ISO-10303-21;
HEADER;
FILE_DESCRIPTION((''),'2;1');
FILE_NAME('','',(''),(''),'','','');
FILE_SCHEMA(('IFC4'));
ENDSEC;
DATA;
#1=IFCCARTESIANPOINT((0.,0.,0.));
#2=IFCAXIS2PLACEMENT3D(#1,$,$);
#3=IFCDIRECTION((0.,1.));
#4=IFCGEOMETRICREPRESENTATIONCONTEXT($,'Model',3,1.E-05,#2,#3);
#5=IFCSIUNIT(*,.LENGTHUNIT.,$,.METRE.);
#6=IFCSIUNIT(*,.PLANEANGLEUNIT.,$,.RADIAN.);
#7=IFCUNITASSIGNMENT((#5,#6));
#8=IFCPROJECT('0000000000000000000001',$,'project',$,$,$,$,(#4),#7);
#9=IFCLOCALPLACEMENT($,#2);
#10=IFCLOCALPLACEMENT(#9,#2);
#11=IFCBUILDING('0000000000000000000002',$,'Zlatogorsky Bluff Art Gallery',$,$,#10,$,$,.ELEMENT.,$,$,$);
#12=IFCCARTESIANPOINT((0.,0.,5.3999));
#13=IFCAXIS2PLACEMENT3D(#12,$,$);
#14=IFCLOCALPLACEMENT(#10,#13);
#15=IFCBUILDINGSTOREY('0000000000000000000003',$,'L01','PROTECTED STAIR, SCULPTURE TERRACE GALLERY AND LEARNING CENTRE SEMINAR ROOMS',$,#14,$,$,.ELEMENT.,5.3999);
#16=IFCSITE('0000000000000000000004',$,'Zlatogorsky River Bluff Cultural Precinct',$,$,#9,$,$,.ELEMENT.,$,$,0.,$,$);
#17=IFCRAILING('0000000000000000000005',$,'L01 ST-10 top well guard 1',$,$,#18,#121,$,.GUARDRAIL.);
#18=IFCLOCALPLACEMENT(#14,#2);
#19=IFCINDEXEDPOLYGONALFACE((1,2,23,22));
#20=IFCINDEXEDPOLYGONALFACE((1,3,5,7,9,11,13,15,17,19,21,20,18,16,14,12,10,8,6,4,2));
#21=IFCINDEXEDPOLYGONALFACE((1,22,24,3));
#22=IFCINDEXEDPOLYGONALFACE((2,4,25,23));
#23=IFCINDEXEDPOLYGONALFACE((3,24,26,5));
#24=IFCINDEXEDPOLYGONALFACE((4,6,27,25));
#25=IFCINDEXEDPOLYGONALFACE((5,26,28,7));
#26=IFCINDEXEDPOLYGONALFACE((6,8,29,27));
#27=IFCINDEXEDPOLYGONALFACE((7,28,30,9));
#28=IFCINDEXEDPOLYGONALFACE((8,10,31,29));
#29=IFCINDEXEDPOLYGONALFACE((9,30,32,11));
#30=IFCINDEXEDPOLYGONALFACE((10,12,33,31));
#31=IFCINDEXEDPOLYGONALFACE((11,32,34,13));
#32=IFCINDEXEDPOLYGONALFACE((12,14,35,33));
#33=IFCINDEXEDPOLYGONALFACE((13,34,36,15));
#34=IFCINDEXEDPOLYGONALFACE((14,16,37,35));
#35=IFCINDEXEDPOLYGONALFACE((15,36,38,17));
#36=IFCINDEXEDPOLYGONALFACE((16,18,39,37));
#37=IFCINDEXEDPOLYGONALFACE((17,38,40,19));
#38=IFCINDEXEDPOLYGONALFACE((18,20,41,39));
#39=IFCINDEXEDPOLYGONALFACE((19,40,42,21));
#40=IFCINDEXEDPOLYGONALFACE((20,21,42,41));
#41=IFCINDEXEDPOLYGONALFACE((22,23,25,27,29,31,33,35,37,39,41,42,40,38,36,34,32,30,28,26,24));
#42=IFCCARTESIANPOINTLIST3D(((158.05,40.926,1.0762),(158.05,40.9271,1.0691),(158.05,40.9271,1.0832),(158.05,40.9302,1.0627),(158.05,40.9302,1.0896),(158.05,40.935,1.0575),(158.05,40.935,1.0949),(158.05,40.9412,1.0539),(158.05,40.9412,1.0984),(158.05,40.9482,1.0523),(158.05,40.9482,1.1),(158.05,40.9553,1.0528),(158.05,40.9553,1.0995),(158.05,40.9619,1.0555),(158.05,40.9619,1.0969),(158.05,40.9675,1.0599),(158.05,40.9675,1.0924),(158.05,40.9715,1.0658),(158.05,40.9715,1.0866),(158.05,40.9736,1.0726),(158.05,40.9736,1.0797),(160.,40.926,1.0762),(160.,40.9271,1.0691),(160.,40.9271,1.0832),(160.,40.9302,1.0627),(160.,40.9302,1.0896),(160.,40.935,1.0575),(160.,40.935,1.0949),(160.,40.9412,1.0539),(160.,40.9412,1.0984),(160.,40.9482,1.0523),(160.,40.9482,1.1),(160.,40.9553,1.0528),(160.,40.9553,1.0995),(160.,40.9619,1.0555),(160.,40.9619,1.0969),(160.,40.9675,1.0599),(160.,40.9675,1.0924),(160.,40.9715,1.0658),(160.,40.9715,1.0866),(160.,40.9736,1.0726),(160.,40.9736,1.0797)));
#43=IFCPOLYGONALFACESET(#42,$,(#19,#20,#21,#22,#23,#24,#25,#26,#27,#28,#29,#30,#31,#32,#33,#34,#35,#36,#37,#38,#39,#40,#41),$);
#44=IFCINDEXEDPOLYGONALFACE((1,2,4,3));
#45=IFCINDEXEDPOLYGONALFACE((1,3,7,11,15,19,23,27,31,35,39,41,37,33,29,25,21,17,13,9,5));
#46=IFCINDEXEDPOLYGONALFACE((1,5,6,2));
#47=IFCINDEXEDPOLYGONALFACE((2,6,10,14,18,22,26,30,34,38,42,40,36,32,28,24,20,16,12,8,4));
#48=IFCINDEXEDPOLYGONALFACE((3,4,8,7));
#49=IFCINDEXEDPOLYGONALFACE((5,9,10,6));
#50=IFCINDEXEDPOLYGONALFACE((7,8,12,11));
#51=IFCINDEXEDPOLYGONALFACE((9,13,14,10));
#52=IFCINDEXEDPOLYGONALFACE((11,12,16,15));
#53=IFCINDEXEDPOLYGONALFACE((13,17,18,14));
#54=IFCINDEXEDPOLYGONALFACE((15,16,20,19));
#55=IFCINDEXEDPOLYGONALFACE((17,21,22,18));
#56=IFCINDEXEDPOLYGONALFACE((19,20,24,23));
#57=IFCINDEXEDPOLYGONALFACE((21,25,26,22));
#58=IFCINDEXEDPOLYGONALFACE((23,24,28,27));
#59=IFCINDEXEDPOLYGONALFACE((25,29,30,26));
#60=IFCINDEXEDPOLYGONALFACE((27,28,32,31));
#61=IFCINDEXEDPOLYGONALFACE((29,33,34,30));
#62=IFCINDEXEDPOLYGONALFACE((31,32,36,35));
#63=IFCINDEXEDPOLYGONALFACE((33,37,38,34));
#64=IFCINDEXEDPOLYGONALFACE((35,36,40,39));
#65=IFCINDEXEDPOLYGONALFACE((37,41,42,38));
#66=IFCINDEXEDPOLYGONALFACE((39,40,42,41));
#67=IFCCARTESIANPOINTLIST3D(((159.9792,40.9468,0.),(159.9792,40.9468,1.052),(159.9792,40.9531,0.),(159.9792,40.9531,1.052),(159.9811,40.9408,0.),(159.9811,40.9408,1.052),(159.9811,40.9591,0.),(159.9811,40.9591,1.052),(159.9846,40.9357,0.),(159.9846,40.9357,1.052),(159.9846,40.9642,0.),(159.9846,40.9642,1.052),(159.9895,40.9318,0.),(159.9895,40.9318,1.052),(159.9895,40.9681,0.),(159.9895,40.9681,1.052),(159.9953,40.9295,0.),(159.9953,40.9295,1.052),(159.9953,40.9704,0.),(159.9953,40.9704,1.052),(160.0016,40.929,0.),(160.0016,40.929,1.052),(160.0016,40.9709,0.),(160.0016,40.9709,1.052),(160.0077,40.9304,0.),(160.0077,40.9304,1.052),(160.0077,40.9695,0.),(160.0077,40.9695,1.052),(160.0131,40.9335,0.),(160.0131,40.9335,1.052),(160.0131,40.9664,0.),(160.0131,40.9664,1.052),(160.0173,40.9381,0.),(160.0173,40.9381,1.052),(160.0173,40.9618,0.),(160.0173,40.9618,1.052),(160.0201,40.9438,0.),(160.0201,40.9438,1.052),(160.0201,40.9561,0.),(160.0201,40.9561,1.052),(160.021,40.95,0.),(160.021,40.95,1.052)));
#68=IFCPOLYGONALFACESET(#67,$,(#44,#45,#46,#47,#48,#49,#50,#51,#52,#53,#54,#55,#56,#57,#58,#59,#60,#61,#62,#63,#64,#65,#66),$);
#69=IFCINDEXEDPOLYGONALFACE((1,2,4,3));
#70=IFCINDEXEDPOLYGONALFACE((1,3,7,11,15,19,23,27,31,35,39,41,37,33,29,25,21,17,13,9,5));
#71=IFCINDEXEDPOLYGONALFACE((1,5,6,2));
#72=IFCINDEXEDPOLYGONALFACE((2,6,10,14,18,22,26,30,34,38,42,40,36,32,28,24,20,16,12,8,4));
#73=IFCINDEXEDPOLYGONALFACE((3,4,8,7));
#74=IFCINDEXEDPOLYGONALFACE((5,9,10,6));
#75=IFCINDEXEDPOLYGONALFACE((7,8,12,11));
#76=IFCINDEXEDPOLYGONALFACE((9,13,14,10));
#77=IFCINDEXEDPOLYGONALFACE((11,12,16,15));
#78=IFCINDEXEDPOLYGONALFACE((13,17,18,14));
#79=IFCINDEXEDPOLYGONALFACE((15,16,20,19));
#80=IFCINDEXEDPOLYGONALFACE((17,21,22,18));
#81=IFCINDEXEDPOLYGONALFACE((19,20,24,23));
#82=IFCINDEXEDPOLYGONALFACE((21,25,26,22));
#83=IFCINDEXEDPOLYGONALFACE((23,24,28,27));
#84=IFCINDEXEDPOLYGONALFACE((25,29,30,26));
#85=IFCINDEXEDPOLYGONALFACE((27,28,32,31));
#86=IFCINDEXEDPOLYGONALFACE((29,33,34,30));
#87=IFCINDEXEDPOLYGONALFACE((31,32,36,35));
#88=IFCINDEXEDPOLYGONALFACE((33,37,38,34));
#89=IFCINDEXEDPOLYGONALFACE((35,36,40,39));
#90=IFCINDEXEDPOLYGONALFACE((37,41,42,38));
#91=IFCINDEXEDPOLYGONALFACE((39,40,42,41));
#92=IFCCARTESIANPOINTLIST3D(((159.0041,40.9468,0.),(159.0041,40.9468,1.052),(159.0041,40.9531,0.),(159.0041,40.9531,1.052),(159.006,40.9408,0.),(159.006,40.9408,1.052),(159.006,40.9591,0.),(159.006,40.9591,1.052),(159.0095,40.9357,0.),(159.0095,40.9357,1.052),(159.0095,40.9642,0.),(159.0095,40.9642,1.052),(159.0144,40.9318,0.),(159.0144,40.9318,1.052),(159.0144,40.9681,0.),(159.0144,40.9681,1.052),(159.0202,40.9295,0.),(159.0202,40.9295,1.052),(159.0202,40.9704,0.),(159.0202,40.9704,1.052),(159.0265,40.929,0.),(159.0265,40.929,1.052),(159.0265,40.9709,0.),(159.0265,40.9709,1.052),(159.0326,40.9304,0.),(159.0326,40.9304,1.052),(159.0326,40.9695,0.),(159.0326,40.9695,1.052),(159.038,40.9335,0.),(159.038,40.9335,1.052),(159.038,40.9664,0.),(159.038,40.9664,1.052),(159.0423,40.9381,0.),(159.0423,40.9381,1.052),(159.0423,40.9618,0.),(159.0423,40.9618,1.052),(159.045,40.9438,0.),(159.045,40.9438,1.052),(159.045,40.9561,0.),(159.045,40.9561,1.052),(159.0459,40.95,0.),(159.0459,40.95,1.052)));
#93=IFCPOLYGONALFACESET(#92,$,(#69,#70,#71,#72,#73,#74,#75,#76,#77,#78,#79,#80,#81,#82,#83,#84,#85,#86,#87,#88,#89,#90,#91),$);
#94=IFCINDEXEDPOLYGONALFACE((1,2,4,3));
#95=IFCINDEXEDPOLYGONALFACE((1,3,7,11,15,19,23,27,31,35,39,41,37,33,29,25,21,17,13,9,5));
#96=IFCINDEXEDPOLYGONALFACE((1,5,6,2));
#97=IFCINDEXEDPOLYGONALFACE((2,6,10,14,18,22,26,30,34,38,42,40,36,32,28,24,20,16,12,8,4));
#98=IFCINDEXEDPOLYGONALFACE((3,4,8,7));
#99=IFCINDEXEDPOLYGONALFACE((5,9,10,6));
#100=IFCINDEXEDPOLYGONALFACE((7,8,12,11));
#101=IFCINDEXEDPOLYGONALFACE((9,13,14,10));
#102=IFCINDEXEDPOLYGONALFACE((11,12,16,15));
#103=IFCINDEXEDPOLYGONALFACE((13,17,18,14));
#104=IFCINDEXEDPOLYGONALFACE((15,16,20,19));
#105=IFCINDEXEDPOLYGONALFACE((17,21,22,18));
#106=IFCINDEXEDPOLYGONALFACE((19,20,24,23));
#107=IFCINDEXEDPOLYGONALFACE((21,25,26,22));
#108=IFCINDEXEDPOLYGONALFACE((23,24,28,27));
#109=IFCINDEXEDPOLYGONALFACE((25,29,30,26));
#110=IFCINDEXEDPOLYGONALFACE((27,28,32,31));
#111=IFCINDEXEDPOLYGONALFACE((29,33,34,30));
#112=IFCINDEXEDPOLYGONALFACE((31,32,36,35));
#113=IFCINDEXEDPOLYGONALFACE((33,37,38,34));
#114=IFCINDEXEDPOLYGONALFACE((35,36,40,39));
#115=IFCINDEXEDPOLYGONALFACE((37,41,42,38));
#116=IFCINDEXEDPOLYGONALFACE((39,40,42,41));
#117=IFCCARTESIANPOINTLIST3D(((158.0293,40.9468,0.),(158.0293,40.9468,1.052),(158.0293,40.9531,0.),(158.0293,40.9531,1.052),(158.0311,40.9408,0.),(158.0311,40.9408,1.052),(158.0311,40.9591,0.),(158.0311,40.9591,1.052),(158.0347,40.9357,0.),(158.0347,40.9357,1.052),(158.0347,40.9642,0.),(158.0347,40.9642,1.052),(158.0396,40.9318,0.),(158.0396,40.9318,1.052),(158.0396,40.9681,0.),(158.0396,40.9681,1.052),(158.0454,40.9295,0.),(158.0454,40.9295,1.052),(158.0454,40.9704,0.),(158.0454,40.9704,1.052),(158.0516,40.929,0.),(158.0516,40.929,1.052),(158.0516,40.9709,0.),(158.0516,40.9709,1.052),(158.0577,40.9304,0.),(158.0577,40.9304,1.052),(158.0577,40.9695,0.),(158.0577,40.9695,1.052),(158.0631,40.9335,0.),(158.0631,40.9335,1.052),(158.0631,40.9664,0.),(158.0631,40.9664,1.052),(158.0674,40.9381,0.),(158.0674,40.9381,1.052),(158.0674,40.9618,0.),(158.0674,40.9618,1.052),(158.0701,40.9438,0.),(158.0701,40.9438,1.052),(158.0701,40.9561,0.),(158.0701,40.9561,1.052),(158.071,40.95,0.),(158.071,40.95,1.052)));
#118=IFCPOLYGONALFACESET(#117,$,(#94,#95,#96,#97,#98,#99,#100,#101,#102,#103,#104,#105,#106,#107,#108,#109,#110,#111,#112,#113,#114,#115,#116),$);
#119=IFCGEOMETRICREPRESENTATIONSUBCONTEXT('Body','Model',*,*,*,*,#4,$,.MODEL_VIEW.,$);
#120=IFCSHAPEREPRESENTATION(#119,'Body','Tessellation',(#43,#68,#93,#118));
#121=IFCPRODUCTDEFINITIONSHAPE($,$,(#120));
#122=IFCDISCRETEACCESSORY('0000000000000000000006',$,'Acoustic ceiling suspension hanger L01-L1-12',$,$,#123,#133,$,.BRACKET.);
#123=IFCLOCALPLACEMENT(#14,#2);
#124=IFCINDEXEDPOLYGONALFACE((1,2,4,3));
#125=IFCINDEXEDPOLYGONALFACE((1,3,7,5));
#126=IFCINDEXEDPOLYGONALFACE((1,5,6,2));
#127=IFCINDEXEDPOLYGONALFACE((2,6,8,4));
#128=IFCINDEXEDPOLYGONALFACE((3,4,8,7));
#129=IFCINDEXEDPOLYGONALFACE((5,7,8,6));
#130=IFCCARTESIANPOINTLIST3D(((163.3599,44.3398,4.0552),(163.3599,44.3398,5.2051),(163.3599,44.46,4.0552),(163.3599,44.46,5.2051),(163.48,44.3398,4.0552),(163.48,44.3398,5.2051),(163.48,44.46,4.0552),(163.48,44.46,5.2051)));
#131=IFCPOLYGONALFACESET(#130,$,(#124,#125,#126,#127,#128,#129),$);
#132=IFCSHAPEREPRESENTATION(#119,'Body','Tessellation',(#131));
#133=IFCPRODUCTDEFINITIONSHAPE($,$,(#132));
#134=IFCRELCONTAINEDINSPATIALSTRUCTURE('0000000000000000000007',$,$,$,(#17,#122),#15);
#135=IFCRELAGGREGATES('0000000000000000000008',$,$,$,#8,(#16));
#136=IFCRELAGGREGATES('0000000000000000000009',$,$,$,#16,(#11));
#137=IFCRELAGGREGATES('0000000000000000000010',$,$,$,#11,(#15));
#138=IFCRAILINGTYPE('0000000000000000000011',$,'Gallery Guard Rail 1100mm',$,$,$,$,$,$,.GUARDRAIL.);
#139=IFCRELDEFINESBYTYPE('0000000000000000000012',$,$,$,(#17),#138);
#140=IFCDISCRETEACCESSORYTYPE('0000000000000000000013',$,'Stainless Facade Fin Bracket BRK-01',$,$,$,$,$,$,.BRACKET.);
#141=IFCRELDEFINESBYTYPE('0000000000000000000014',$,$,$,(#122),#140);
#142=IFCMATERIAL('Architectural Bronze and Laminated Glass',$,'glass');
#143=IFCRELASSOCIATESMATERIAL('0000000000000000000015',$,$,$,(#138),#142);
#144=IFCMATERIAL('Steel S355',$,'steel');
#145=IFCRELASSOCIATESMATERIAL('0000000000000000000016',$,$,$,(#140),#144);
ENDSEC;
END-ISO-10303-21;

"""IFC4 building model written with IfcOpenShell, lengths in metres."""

from ifc_helpers import new_model, si_unit, direction, frame, origin, origin_2d, place, context, subcontext, project, spatial, rectangle, circle, extrude, material, type_object, element, save


model = new_model("IFC4")

# Units and contexts
model_context = context("Model", 3, precision=1e-05, world=origin(), true_north=direction((0.0, 1.0)))
body_context = subcontext(model_context, "Body", "Model", "MODEL_VIEW")
ifc_project = project(units=[si_unit("LENGTHUNIT", "METRE"), si_unit("PLANEANGLEUNIT", "RADIAN")], contexts=[model_context])

# Site, building, storey
site_placement = place(None, origin())
site = spatial("IfcSite", under=ifc_project, at=site_placement, Name="Zlatogorsky River Bluff Cultural Precinct", CompositionType="ELEMENT", RefElevation=0.0)
building_placement = place(site_placement, origin())
building = spatial("IfcBuilding", under=site, at=building_placement, Name="Zlatogorsky Bluff Art Gallery", CompositionType="ELEMENT")
storey_placement = place(building_placement, frame((0.0, 0.0, 5.3999)))
storey = spatial("IfcBuildingStorey", under=building, at=storey_placement, Name="L01", Description="PROTECTED STAIR, SCULPTURE TERRACE GALLERY AND LEARNING CENTRE SEMINAR ROOMS", CompositionType="ELEMENT", Elevation=5.3999)

# Shared definitions
ifc_material_1 = material(Name="Steel S355", Category="steel")

# Railing
ifc_material_2 = material(Name="Architectural Bronze and Laminated Glass", Category="glass")
railing_type = type_object("IfcRailingType", Name="Gallery Guard Rail 1100mm", PredefinedType="GUARDRAIL", material=ifc_material_2)
railing_placement = place(storey_placement, frame((160.0, 40.95, 0.0)))
element("IfcRailing", 1, at=railing_placement, inside=storey, type_object=railing_type, Name="L01 ST-10 top well guard 1", PredefinedType="GUARDRAIL", context=body_context, shape_type="SweptSolid", body=[
    extrude(circle(Radius=0.0239, at=origin_2d()), frame((0.0, 0.0, 1.0762), z_axis=(-1.0, 0.0, 0.0), x_axis=(0.0, -1.0, 0.0)), (0.0, 0.0, 1.0), 1.95),
    extrude(circle(Radius=0.021, at=origin_2d()), origin(), (0.0, 0.0, 1.0), 1.052),
    extrude(circle(Radius=0.021, at=origin_2d()), frame((-0.9751, 0.0, 0.0)), (0.0, 0.0, 1.0), 1.052),
    extrude(circle(Radius=0.021, at=origin_2d()), frame((-1.95, 0.0, 0.0)), (0.0, 0.0, 1.0), 1.052),
])

# Discrete accessory
discrete_accessory_type = type_object("IfcDiscreteAccessoryType", Name="Stainless Facade Fin Bracket BRK-01", PredefinedType="BRACKET", material=ifc_material_1)
discrete_accessory_placement = place(storey_placement, frame((163.4199, 44.3999, 4.0552), z_axis=(0.0, 0.0, 1.0), x_axis=(1.0, 0.0, 0.0)))
element("IfcDiscreteAccessory", 2, at=discrete_accessory_placement, inside=storey, type_object=discrete_accessory_type, Name="Acoustic ceiling suspension hanger L01-L1-12", PredefinedType="BRACKET", context=body_context, shape_type="SweptSolid", body=[
    extrude(rectangle(XDim=0.1201, YDim=0.1201, at=origin_2d()), origin(), (0.0, 0.0, 1.0), 1.1499),
])

save(model, "model.ifc")
